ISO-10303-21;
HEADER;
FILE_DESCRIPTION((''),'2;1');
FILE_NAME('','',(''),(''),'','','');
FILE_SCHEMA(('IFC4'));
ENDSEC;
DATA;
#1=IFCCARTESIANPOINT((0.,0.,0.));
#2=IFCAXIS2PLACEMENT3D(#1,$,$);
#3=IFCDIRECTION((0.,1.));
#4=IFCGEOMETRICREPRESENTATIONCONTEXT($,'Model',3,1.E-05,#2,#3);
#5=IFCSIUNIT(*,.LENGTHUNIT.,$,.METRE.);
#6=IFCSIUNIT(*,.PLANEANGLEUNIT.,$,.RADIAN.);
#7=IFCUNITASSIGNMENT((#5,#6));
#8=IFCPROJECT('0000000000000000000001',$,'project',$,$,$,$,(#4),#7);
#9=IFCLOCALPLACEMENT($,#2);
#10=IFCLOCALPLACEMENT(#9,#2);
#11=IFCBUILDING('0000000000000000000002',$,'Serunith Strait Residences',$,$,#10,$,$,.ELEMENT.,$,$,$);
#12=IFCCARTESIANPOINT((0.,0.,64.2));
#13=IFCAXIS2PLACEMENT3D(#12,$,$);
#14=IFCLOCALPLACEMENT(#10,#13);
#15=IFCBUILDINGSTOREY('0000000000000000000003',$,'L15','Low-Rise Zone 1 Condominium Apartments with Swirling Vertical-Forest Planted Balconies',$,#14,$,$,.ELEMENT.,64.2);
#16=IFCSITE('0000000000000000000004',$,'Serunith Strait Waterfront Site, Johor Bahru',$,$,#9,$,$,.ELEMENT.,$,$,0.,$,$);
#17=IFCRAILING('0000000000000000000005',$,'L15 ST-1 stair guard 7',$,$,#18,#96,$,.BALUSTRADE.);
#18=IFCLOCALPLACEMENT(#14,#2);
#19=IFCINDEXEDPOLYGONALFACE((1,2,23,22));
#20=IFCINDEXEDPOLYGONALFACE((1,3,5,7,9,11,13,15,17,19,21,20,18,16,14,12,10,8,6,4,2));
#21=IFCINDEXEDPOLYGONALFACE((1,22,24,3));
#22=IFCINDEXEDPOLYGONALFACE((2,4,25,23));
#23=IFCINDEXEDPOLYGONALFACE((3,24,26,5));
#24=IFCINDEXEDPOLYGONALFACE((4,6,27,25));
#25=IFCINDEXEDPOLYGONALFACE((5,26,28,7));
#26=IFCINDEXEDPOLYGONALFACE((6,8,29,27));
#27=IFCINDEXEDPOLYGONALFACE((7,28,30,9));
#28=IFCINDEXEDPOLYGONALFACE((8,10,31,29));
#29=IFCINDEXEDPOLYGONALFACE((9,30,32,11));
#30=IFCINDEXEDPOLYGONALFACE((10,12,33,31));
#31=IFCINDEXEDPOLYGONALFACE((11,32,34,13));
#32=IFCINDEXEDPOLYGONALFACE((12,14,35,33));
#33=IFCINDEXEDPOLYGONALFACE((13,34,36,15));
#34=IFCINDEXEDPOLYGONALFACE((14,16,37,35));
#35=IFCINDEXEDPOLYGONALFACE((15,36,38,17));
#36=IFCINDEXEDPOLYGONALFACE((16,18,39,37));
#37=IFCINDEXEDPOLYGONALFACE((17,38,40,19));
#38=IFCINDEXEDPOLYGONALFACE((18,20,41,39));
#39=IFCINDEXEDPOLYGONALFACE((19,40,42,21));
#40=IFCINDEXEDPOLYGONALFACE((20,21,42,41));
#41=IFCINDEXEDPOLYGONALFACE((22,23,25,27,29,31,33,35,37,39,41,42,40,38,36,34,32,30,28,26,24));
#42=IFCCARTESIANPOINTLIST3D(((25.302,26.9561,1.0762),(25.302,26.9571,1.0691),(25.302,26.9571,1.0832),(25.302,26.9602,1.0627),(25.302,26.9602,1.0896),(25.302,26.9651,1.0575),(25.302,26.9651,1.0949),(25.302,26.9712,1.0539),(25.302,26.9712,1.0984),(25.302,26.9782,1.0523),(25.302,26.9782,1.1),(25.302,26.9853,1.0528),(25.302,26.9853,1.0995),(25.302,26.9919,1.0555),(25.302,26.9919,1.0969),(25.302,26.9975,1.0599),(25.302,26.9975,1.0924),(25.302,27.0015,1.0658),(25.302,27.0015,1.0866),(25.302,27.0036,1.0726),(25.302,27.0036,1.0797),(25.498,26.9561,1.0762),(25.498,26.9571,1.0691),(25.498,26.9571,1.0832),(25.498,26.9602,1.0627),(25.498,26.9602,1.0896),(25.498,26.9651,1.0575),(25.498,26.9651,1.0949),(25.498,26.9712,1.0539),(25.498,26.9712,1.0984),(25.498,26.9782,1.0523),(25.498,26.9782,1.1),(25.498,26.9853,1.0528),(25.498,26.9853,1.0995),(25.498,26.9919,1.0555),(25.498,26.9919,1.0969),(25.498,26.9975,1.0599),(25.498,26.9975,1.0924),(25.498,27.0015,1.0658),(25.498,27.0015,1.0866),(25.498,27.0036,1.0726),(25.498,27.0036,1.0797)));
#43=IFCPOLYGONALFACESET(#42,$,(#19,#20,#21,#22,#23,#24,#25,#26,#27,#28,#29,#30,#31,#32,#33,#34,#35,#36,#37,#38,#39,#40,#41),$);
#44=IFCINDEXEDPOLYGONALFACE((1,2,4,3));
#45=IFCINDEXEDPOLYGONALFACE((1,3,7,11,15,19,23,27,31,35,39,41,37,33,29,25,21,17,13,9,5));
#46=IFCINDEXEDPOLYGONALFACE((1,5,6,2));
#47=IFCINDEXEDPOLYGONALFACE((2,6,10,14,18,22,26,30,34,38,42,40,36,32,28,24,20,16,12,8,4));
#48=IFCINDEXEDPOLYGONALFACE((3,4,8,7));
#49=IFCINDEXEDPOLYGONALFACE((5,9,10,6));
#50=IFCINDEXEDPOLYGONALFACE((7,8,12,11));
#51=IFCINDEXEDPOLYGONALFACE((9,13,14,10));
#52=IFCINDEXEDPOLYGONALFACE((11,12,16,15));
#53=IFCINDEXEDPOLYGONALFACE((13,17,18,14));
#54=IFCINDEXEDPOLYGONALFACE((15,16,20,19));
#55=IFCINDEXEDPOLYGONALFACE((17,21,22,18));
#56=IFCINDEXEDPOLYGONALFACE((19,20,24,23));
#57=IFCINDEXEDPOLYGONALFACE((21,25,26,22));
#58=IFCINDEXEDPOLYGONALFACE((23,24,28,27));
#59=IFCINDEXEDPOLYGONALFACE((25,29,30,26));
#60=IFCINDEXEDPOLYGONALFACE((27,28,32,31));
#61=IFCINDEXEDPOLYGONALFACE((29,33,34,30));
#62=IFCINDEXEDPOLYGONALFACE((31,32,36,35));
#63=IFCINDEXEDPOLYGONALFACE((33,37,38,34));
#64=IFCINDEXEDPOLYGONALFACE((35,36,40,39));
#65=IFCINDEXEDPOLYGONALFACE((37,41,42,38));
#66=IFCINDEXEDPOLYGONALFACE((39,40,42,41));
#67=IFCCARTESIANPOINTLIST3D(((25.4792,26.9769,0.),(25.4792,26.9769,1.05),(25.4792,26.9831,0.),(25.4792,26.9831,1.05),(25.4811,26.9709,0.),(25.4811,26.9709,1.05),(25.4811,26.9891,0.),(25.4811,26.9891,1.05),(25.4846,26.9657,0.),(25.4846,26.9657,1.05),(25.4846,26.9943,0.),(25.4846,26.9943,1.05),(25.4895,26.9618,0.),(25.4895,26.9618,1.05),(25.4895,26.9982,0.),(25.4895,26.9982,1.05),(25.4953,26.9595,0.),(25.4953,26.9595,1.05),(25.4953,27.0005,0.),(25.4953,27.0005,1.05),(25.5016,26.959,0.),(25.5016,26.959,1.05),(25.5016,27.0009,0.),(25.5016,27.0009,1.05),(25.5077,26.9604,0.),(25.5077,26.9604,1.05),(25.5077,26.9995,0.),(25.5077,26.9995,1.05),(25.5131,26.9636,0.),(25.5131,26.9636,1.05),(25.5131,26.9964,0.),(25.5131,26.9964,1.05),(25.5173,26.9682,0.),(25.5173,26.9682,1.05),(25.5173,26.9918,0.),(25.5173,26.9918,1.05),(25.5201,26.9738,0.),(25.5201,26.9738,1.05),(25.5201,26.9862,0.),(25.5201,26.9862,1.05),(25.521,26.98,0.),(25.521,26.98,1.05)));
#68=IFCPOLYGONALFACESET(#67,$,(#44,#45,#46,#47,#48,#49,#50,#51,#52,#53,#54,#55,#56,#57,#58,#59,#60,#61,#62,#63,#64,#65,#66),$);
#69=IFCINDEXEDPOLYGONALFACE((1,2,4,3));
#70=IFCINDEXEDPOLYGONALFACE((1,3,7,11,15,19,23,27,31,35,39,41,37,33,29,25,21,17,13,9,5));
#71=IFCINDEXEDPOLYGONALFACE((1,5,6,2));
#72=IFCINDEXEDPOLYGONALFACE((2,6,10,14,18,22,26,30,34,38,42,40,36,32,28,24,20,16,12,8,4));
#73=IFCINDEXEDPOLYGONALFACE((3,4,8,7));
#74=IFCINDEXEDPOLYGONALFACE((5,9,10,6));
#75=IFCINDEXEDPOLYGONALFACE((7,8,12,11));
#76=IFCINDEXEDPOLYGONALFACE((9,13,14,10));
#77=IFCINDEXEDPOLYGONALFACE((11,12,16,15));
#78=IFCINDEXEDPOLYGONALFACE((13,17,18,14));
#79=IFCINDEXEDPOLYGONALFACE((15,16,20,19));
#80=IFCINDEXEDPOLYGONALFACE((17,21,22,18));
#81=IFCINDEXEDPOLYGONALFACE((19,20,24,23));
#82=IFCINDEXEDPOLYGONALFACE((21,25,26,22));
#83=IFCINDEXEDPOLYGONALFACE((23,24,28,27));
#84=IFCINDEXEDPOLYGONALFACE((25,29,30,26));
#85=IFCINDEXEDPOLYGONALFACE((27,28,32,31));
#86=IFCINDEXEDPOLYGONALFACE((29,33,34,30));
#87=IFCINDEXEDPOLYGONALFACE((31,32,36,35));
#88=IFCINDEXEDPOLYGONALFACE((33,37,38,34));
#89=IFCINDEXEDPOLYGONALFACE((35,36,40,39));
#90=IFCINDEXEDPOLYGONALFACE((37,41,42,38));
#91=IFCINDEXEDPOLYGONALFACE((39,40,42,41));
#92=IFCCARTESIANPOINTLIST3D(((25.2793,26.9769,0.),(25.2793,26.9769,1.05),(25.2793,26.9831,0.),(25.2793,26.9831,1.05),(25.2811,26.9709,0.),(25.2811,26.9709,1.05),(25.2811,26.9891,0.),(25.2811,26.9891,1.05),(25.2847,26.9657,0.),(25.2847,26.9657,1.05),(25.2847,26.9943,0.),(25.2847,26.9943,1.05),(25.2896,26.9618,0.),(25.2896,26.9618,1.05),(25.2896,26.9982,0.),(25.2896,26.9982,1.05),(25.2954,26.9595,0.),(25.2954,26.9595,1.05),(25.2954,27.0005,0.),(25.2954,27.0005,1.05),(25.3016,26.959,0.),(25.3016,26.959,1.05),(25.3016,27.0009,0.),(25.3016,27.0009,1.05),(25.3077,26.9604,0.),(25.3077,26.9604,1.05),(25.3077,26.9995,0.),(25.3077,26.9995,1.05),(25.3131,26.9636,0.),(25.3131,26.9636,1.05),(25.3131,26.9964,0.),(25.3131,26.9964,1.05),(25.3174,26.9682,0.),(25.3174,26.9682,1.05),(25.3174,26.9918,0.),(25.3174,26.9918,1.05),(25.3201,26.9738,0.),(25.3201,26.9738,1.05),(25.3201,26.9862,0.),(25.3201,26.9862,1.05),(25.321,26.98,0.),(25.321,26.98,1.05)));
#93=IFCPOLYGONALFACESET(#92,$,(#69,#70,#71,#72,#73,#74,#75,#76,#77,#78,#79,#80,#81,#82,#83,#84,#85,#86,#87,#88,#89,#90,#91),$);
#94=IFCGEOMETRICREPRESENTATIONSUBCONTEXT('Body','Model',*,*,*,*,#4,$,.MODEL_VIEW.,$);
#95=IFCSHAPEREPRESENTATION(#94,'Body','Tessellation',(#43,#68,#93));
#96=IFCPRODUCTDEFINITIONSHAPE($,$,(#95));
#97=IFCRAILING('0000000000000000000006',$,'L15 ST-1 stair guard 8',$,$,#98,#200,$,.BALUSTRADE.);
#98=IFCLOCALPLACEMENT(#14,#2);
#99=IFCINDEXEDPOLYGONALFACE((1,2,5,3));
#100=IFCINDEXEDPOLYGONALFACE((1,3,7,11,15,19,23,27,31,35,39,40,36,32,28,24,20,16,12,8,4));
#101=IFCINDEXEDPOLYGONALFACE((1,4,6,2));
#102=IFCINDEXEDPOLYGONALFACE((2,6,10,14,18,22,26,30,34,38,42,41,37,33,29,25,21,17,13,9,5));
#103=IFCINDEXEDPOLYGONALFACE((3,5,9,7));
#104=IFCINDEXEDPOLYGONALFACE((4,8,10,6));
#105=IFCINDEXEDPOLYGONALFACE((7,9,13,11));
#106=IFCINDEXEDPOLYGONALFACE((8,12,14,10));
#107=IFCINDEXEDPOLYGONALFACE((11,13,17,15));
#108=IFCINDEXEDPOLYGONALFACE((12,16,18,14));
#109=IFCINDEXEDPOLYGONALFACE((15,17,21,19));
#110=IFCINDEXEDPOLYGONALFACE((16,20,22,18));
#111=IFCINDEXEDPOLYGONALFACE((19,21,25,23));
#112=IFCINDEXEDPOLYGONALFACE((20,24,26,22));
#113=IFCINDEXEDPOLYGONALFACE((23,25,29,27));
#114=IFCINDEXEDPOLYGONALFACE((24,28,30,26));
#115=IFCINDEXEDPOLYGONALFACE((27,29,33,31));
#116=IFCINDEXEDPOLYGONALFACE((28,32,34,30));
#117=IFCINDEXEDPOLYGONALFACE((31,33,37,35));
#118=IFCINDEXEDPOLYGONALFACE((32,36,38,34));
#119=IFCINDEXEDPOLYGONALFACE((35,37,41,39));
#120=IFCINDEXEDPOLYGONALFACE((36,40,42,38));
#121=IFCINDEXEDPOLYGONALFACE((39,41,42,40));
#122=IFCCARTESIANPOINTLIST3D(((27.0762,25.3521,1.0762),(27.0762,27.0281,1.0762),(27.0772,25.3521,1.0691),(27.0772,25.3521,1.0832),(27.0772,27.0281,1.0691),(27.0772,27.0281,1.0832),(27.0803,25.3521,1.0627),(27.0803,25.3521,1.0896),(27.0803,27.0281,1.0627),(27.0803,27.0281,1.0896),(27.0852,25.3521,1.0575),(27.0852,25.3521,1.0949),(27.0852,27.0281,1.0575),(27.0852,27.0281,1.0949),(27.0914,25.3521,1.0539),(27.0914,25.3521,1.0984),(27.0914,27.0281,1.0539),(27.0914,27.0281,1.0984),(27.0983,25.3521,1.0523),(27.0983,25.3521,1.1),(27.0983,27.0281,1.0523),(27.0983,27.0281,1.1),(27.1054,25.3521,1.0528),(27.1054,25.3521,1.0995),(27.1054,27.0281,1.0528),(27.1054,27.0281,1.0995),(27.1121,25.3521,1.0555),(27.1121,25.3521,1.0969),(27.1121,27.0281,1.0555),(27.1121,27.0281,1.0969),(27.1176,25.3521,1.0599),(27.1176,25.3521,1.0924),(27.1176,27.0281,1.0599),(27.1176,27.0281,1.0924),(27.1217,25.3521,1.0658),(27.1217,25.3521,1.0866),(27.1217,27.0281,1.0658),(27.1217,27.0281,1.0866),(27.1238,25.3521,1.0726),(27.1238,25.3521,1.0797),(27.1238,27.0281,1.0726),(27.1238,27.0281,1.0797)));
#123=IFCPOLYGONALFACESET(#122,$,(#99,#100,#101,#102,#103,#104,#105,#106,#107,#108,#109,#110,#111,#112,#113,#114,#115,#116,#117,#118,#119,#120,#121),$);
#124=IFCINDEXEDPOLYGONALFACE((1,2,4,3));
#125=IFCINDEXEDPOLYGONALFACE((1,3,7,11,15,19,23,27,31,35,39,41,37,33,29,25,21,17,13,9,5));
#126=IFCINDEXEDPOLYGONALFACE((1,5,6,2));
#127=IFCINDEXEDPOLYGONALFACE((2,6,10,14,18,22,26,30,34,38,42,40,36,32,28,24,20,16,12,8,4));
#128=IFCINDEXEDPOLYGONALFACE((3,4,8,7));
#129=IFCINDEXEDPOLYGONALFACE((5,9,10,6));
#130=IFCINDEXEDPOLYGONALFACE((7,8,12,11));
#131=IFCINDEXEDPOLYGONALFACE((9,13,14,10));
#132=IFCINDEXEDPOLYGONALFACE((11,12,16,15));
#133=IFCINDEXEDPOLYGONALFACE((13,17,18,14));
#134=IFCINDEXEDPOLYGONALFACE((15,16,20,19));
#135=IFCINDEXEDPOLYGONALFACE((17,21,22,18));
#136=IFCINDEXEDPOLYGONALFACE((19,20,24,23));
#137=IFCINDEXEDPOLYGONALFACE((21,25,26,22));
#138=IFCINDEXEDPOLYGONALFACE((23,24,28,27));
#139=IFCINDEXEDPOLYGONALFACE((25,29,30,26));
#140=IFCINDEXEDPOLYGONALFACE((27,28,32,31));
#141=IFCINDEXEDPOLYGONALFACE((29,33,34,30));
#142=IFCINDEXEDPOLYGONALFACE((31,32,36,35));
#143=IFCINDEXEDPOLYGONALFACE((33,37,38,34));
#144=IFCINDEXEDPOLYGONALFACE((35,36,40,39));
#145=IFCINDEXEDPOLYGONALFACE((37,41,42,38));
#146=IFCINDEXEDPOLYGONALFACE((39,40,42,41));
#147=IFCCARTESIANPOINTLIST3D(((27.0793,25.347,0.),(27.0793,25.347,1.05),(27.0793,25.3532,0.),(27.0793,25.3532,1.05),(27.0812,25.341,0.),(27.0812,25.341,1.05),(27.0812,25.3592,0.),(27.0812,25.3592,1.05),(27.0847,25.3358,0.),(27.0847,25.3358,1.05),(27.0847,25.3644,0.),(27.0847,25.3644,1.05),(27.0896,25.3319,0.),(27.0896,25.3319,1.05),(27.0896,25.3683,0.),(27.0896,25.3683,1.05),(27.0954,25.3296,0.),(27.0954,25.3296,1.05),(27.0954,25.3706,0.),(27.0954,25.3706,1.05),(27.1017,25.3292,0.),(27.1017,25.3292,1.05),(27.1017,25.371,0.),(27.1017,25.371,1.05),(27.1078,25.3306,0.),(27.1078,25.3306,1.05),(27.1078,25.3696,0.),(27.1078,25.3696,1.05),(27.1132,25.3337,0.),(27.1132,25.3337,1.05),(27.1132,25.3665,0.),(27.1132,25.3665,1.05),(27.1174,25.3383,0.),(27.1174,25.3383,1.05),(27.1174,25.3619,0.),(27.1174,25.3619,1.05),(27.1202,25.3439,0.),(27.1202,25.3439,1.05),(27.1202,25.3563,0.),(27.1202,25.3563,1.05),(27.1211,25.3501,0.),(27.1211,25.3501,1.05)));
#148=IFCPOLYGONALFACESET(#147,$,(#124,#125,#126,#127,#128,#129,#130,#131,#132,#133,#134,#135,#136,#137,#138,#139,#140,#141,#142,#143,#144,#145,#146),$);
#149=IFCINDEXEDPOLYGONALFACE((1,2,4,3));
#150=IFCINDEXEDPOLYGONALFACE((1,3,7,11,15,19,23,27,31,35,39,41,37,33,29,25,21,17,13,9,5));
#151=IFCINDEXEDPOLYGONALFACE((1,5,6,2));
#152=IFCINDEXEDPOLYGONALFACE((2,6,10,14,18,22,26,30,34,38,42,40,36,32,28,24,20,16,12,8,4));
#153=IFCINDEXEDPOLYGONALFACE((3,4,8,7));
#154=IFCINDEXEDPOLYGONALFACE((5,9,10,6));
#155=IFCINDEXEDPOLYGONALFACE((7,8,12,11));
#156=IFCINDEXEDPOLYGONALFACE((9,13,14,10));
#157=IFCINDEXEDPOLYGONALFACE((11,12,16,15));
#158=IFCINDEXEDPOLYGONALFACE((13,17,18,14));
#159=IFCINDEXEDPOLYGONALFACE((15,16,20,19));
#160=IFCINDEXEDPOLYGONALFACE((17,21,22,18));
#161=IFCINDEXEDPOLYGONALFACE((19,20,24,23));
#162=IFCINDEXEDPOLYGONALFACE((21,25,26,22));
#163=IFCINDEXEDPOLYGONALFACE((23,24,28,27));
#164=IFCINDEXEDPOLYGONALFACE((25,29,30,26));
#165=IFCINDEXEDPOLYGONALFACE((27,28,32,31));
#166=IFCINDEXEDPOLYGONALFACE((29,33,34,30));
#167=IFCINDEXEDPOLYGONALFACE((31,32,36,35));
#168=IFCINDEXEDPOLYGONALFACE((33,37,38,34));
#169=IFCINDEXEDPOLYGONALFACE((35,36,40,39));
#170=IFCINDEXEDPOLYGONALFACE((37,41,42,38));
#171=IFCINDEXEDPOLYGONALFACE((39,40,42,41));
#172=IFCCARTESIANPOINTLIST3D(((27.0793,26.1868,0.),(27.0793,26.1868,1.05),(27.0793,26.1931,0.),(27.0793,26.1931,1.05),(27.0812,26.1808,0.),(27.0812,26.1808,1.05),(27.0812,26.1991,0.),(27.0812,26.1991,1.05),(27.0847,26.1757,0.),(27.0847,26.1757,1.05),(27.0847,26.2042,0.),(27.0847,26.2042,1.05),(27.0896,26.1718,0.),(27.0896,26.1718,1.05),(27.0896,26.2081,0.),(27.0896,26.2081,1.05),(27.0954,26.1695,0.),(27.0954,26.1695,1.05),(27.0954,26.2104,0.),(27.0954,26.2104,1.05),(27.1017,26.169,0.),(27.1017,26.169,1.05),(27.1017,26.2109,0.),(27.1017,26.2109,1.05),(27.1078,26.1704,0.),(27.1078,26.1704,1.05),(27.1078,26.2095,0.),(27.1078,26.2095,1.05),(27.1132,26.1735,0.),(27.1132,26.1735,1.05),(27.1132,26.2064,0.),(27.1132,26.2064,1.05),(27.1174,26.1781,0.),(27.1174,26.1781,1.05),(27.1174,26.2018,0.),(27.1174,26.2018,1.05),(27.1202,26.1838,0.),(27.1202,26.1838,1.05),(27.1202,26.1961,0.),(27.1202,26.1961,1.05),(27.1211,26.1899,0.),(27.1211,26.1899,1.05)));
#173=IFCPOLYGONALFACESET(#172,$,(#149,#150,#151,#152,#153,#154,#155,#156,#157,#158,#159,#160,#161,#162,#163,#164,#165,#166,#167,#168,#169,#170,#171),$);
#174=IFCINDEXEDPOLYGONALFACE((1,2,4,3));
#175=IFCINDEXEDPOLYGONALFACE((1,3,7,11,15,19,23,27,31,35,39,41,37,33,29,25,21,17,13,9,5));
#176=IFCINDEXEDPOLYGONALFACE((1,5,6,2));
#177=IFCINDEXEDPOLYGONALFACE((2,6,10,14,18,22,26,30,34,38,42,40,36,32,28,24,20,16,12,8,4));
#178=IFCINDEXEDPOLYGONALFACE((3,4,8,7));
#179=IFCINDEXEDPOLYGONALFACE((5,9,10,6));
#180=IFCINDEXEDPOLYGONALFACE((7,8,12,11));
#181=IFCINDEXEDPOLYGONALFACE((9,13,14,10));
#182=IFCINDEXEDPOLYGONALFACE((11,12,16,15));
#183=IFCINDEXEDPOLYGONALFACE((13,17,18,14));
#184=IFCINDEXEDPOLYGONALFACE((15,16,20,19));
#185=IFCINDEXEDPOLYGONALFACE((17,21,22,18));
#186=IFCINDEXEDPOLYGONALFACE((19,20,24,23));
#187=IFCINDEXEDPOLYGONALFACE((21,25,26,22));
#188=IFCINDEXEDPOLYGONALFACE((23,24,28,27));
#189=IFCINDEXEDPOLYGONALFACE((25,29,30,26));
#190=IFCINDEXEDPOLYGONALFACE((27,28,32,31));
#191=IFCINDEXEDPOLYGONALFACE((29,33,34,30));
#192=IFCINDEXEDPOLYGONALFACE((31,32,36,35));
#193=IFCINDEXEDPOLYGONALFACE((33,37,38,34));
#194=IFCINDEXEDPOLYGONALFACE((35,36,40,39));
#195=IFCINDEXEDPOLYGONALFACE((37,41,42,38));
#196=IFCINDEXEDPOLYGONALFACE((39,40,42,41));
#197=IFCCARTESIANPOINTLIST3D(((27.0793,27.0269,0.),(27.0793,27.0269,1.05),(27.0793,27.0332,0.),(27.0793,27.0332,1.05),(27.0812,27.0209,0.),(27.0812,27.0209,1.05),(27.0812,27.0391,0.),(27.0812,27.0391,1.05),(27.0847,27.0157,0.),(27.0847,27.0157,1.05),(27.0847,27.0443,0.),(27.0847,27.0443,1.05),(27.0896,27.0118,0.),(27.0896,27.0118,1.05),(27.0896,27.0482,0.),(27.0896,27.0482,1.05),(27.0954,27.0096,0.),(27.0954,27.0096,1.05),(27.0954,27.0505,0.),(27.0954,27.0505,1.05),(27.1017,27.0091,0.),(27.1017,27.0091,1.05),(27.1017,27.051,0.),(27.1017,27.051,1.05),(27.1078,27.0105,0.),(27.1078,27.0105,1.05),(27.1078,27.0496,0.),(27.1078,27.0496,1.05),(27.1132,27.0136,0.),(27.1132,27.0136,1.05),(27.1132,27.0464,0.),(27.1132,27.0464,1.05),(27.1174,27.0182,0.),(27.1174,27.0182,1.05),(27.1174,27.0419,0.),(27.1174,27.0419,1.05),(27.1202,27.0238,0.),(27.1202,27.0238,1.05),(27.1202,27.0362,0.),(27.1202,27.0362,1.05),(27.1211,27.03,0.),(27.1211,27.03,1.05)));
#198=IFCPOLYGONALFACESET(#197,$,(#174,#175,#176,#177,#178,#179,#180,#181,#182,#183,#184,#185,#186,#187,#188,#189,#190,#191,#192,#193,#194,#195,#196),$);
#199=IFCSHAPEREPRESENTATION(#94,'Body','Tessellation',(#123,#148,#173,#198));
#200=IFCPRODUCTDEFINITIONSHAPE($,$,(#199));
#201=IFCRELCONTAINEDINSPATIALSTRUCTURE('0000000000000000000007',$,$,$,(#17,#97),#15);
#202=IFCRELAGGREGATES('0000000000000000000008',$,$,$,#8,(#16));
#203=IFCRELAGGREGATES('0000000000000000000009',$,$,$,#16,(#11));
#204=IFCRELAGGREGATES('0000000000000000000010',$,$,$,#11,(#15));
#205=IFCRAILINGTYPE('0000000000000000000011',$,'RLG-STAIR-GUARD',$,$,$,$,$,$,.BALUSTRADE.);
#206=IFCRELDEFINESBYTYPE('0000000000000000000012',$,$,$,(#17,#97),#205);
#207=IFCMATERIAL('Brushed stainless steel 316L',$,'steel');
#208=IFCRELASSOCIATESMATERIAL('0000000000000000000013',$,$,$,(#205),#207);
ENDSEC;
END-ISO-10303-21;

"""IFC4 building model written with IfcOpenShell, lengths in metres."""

from ifc_helpers import new_model, si_unit, direction, frame, origin, origin_2d, place, context, subcontext, project, spatial, circle, extrude, material, type_object, element, save


model = new_model("IFC4")

# Units and contexts
model_context = context("Model", 3, precision=1e-05, world=origin(), true_north=direction((0.0, 1.0)))
body_context = subcontext(model_context, "Body", "Model", "MODEL_VIEW")
ifc_project = project(units=[si_unit("LENGTHUNIT", "METRE"), si_unit("PLANEANGLEUNIT", "RADIAN")], contexts=[model_context])

# Site, building, storey
site_placement = place(None, origin())
site = spatial("IfcSite", under=ifc_project, at=site_placement, Name="Serunith Strait Waterfront Site, Johor Bahru", CompositionType="ELEMENT", RefElevation=0.0)
building_placement = place(site_placement, origin())
building = spatial("IfcBuilding", under=site, at=building_placement, Name="Serunith Strait Residences", CompositionType="ELEMENT")
storey_placement = place(building_placement, frame((0.0, 0.0, 64.2)))
storey = spatial("IfcBuildingStorey", under=building, at=storey_placement, Name="L15", Description="Low-Rise Zone 1 Condominium Apartments with Swirling Vertical-Forest Planted Balconies", CompositionType="ELEMENT", Elevation=64.2)

# Railings
ifc_material_1 = material(Name="Brushed stainless steel 316L", Category="steel")
railing_type_1 = type_object("IfcRailingType", Name="RLG-STAIR-GUARD", PredefinedType="BALUSTRADE", material=ifc_material_1)
railing_1_placement = place(storey_placement, frame((25.5, 26.98, 0.0)))
element("IfcRailing", 1, at=railing_1_placement, inside=storey, type_object=railing_type_1, Name="L15 ST-1 stair guard 7", PredefinedType="BALUSTRADE", context=body_context, shape_type="SweptSolid", body=[
    extrude(circle(Radius=0.0239, at=origin_2d()), frame((-0.002, 0.0, 1.0762), z_axis=(-1.0, 0.0, 0.0), x_axis=(0.0, -1.0, 0.0)), (0.0, 0.0, 1.0), 0.196),
    extrude(circle(Radius=0.021, at=origin_2d()), origin(), (0.0, 0.0, 1.0), 1.05),
    extrude(circle(Radius=0.021, at=origin_2d()), frame((-0.2, 0.0, 0.0)), (0.0, 0.0, 1.0), 1.05),
])
for number, where, name in (
    (2, (27.1001, 25.3501, 0.0), "L15 ST-1 stair guard 8"),
):
    element("IfcRailing", number, at=place(storey_placement, frame(where)), inside=storey, type_object=railing_type_1, Name=name, PredefinedType="BALUSTRADE", context=body_context, shape_type="SweptSolid", body=[
        extrude(circle(Radius=0.0239, at=origin_2d()), frame((0.0, 0.002, 1.0762), z_axis=(0.0, 1.0, 0.0), x_axis=(-1.0, 0.0, 0.0)), (0.0, 0.0, 1.0), 1.676),
        extrude(circle(Radius=0.021, at=origin_2d()), origin(), (0.0, 0.0, 1.0), 1.05),
        extrude(circle(Radius=0.021, at=origin_2d()), frame((0.0, 0.8398, 0.0)), (0.0, 0.0, 1.0), 1.05),
        extrude(circle(Radius=0.021, at=origin_2d()), frame((0.0, 1.6799, 0.0)), (0.0, 0.0, 1.0), 1.05),
    ])

save(model, "model.ifc")
